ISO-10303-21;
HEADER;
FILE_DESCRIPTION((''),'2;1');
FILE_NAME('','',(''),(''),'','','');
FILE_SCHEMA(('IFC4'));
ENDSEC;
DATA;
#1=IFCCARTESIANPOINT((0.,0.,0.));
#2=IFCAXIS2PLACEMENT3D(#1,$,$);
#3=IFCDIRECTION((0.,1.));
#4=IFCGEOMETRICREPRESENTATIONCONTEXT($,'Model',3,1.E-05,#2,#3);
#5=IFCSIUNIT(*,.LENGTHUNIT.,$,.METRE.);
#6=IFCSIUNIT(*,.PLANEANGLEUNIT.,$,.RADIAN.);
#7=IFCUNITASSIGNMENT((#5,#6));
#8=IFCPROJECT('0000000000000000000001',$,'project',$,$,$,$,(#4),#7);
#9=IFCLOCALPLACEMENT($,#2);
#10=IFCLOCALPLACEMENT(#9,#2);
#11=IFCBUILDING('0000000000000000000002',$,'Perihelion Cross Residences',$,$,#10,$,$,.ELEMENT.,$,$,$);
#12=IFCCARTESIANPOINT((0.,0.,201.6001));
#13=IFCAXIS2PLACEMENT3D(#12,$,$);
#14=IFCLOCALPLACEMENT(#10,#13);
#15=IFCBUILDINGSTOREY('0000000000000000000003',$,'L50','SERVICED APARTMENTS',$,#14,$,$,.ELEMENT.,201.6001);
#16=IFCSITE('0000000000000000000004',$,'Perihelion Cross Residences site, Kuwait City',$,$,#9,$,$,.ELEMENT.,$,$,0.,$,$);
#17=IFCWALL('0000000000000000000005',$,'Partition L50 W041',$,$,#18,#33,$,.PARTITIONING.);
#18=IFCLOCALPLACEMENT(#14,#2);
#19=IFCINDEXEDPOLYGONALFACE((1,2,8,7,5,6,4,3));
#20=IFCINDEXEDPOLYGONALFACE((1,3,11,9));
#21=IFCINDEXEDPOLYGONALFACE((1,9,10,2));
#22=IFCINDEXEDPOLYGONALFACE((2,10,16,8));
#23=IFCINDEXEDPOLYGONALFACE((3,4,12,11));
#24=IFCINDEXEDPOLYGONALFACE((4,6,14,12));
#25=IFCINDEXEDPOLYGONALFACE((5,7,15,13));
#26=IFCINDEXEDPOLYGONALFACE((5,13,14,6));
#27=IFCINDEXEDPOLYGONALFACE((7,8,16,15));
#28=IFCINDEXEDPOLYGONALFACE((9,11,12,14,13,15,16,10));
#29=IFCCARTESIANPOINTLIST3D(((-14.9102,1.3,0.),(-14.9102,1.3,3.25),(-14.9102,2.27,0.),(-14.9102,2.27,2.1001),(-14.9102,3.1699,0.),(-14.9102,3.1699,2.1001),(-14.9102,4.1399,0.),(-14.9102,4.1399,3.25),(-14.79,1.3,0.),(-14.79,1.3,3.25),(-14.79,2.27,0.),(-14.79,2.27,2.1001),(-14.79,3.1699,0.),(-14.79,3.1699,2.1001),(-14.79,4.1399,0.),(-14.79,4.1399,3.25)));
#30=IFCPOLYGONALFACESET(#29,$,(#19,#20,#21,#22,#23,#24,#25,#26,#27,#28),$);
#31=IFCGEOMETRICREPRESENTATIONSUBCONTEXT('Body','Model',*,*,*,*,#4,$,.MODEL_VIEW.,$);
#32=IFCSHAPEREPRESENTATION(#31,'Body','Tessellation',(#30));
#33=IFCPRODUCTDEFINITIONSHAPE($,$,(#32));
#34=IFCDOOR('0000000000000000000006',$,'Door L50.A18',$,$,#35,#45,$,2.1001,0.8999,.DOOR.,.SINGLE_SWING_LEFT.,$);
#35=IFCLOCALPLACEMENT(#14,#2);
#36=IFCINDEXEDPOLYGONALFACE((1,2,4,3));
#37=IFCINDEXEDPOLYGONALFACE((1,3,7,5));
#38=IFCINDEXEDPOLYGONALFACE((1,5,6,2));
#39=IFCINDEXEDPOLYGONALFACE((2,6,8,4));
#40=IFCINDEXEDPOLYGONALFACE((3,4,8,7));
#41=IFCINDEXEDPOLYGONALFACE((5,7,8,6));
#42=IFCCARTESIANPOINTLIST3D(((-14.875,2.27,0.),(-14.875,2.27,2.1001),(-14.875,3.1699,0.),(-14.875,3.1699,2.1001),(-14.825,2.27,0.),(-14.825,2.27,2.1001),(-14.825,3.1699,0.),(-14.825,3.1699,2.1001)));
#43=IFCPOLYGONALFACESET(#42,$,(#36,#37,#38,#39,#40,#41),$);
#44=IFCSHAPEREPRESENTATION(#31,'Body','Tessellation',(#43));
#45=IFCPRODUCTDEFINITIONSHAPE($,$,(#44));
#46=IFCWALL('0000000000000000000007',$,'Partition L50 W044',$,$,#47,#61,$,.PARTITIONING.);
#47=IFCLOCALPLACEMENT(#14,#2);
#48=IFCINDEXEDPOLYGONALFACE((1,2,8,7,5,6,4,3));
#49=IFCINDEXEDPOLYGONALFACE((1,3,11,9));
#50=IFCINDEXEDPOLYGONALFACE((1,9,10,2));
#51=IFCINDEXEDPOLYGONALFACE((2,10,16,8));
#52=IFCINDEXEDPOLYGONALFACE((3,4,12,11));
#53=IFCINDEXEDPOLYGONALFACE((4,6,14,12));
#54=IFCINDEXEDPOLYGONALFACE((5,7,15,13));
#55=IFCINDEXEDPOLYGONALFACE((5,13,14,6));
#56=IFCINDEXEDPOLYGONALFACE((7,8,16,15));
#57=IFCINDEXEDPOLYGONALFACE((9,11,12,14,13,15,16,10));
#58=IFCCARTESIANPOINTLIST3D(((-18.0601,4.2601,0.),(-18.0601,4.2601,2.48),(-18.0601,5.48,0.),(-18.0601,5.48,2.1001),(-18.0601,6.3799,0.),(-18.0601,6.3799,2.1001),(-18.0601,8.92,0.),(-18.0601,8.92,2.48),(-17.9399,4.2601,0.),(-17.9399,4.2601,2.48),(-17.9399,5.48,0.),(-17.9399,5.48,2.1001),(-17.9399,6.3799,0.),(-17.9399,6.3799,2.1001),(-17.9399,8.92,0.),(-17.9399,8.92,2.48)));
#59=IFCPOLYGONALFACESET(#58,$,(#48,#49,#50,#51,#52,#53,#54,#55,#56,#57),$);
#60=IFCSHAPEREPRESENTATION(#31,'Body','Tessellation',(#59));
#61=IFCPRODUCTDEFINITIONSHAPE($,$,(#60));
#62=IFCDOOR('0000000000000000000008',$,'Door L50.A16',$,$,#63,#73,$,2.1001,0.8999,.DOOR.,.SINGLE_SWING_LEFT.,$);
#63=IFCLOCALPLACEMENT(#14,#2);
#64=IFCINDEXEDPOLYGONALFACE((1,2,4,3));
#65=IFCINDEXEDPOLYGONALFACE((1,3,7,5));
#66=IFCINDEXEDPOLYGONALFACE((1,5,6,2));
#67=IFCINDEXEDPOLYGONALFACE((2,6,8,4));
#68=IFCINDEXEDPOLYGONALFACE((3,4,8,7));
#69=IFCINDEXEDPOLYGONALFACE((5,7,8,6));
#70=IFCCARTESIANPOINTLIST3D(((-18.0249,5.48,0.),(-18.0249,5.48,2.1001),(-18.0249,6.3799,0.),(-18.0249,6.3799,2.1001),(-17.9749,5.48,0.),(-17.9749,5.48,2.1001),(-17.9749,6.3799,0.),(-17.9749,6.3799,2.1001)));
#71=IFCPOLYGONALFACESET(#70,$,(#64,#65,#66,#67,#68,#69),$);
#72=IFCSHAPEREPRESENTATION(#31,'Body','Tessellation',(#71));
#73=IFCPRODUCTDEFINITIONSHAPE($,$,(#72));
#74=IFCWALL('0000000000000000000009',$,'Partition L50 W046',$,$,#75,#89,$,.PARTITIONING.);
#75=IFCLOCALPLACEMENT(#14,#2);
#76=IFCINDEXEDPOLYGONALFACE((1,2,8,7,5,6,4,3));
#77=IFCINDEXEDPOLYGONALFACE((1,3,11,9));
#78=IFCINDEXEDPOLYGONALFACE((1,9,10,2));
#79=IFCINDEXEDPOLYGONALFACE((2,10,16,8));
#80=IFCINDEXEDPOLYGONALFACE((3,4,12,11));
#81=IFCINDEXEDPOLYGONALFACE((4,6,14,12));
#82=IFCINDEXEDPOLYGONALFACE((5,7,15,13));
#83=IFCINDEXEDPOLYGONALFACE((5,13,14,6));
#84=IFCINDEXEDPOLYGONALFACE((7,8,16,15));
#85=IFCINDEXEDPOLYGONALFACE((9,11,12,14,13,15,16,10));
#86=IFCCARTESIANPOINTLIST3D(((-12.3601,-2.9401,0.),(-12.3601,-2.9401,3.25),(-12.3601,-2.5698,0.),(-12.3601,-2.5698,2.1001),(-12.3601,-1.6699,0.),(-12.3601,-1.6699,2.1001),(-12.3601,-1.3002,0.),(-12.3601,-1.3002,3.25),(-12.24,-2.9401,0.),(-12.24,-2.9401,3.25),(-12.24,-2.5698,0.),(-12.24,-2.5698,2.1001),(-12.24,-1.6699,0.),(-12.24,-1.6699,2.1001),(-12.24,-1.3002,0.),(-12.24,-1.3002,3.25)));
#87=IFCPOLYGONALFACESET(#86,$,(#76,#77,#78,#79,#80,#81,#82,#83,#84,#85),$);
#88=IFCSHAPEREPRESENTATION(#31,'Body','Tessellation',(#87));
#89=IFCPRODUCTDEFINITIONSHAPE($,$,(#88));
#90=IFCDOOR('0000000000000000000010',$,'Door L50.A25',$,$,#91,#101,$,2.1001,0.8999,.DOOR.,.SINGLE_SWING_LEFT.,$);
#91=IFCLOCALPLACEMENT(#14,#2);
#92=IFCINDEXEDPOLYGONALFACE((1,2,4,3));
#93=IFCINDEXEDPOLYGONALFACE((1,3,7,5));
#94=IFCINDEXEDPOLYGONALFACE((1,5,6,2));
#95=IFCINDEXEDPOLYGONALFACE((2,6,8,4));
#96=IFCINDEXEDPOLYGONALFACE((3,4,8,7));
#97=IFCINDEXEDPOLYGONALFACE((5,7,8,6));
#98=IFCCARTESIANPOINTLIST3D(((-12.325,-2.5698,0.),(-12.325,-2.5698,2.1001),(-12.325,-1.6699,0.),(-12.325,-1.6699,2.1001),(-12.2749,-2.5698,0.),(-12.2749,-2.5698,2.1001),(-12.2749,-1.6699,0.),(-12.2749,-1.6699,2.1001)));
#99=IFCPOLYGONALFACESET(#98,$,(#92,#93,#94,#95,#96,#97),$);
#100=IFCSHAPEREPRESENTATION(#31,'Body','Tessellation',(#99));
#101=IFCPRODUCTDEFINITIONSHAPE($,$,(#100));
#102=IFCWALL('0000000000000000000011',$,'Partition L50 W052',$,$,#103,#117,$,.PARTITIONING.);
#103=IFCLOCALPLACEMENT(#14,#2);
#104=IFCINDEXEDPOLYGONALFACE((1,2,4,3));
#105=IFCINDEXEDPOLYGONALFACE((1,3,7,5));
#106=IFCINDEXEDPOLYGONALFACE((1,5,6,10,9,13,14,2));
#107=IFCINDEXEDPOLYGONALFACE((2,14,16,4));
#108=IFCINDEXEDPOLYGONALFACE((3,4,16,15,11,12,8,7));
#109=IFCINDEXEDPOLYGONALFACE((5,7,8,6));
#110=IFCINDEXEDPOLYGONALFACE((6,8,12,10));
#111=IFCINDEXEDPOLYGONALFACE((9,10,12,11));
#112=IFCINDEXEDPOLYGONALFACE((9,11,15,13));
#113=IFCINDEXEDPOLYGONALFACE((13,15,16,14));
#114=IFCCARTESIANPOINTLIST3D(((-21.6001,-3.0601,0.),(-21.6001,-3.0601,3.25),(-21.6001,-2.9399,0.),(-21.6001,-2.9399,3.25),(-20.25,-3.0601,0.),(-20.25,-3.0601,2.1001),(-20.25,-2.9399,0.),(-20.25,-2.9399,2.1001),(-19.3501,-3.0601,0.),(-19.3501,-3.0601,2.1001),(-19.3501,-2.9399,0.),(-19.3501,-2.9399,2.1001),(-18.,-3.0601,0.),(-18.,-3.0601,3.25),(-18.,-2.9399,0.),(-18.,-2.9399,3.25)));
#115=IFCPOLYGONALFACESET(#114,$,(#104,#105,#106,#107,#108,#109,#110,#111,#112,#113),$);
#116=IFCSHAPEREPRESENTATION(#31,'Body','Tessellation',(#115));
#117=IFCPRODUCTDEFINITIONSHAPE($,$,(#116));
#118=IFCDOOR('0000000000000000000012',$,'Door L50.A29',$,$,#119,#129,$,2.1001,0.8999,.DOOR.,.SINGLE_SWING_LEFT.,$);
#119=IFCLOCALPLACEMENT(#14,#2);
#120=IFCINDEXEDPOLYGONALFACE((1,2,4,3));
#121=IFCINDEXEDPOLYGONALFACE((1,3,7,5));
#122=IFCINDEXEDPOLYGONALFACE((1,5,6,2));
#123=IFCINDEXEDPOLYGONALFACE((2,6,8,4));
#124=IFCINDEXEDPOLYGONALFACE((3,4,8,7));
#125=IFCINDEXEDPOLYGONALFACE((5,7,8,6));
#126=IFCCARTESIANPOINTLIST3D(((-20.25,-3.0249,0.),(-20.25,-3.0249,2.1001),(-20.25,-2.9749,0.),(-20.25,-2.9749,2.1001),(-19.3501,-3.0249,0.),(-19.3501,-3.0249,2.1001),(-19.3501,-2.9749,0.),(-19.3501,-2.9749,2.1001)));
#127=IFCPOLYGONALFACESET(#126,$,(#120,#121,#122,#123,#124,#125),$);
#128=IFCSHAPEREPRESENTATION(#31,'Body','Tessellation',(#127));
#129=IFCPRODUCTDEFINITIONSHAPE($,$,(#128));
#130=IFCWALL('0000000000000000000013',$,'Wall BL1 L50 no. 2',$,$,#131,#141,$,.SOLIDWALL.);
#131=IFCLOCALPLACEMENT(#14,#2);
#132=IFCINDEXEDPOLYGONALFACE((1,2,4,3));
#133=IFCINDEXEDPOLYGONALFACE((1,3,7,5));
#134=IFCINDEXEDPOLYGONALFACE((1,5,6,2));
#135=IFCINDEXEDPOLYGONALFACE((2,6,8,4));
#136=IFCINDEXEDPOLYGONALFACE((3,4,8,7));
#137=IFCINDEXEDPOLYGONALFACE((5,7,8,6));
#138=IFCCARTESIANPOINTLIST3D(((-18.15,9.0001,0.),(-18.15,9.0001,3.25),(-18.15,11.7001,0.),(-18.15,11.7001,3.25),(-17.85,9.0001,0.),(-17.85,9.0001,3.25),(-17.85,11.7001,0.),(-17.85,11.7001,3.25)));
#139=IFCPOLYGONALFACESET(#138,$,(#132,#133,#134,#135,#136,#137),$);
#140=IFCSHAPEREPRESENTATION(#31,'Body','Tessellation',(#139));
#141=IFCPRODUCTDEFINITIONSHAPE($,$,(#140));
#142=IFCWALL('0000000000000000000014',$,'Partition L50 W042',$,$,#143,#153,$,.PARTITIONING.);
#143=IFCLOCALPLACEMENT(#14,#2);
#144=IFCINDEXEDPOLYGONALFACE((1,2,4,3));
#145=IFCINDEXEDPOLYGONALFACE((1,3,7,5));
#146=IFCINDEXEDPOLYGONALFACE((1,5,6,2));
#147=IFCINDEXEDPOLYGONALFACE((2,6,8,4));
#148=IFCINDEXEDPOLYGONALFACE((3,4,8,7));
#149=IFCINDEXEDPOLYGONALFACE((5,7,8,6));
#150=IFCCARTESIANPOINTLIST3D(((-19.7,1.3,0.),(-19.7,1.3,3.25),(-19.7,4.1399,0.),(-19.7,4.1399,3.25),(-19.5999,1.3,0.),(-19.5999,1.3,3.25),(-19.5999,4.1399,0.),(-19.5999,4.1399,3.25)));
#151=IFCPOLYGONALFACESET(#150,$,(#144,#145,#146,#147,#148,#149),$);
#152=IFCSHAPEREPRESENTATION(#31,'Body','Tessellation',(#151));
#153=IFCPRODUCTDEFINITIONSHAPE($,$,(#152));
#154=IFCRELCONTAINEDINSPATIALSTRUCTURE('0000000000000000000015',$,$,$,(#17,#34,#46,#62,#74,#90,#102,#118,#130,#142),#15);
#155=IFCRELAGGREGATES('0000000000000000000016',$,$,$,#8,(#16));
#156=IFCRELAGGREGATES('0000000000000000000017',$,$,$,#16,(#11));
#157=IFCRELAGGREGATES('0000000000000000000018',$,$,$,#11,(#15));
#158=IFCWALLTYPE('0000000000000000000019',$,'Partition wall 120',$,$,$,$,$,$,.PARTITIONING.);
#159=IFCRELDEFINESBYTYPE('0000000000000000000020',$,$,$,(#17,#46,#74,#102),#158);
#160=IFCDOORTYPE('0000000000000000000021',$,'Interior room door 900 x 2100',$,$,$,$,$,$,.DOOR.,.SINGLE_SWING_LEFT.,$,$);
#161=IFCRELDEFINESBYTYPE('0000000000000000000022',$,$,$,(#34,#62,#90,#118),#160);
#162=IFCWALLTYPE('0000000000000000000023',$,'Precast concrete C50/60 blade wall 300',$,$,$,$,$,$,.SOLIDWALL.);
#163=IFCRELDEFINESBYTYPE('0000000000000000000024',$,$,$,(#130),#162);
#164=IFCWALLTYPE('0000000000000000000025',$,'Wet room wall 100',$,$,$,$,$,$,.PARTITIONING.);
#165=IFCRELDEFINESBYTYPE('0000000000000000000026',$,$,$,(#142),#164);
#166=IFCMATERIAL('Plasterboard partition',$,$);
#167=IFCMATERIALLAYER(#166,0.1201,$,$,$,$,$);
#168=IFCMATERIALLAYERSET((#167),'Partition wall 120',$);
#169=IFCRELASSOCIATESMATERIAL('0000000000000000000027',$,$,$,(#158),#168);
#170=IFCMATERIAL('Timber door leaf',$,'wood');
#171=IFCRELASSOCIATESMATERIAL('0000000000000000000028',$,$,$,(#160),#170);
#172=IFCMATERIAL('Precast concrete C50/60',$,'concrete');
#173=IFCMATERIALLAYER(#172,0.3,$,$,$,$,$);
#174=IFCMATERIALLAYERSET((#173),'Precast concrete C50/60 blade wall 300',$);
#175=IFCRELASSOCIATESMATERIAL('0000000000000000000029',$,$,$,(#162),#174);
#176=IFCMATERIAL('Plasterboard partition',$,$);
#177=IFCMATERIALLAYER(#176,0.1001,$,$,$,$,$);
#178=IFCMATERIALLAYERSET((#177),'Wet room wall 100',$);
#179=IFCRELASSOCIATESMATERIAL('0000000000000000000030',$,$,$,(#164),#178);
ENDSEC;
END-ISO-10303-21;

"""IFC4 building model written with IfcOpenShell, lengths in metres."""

from ifc_helpers import new_model, si_unit, direction, frame, frame_2d, origin, place, context, subcontext, project, spatial, rectangle, extrude, material, layer, layer_set, type_object, element, fill, save


model = new_model("IFC4")

# Units and contexts
model_context = context("Model", 3, precision=1e-05, world=origin(), true_north=direction((0.0, 1.0)))
body_context = subcontext(model_context, "Body", "Model", "MODEL_VIEW")
ifc_project = project(units=[si_unit("LENGTHUNIT", "METRE"), si_unit("PLANEANGLEUNIT", "RADIAN")], contexts=[model_context])

# Site, building, storey
site_placement = place(None, origin())
site = spatial("IfcSite", under=ifc_project, at=site_placement, Name="Perihelion Cross Residences site, Kuwait City", CompositionType="ELEMENT", RefElevation=0.0)
building_placement = place(site_placement, origin())
building = spatial("IfcBuilding", under=site, at=building_placement, Name="Perihelion Cross Residences", CompositionType="ELEMENT")
storey_placement = place(building_placement, frame((0.0, 0.0, 201.6001)))
storey = spatial("IfcBuildingStorey", under=building, at=storey_placement, Name="L50", Description="SERVICED APARTMENTS", CompositionType="ELEMENT", Elevation=201.6001)

# Walls, openings, doors
ifc_material_1 = material(Name="Plasterboard partition")
ifc_layer_1 = layer(ifc_material_1, 0.1201)
ifc_layer_set_1 = layer_set([ifc_layer_1], Name="Partition wall 120")
wall_type_1 = type_object("IfcWallType", Name="Partition wall 120", PredefinedType="PARTITIONING", material=ifc_layer_set_1)
ifc_material_2 = material(Name="Timber door leaf", Category="wood")
door_type_1 = type_object("IfcDoorType", Name="Interior room door 900 x 2100", OperationType="SINGLE_SWING_LEFT", PredefinedType="DOOR", material=ifc_material_2)
wall_1_placement = place(storey_placement, frame((-14.8501, 1.3, 0.0), z_axis=(0.0, 0.0, 1.0), x_axis=(0.0, 1.0, 0.0)))
wall_1 = element("IfcWall", 1, at=wall_1_placement, inside=storey, type_object=wall_type_1, Name="Partition L50 W041", PredefinedType="PARTITIONING", context=body_context, shape_type="SweptSolid", body=[
    extrude(rectangle(XDim=2.8398, YDim=0.1201, at=frame_2d((1.4199, 0.0))), origin(), (0.0, 0.0, 1.0), 3.25),
])
opening_1_placement = place(wall_1_placement, frame((0.97, 0.0, 0.0)))
opening_1 = element("IfcOpeningElement", 2, at=opening_1_placement, cuts=wall_1, PredefinedType="OPENING", context=body_context, shape_type="SweptSolid", body=[
    extrude(rectangle(XDim=0.8999, YDim=2.1001, at=frame_2d((0.45, 1.05))), frame((0.0, 0.0701, 0.0), z_axis=(0.0, -1.0, 0.0), x_axis=(1.0, 0.0, 0.0)), (0.0, 0.0, 1.0), 0.1401),
])
door_1_placement = place(opening_1_placement, origin())
door_1 = element("IfcDoor", 3, at=door_1_placement, inside=storey, type_object=door_type_1, Name="Door L50.A18", OperationType="SINGLE_SWING_LEFT", OverallHeight=2.1001, OverallWidth=0.8999, PredefinedType="DOOR", context=body_context, shape_type="SweptSolid", body=[
    extrude(rectangle(XDim=0.8999, YDim=2.1001, at=frame_2d((0.45, 1.05))), frame((0.0, 0.0249, 0.0), z_axis=(0.0, -1.0, 0.0), x_axis=(1.0, 0.0, 0.0)), (0.0, 0.0, 1.0), 0.05),
])
fill(opening_1, door_1)
wall_2_placement = place(storey_placement, frame((-18.0, 4.26, 0.0), z_axis=(0.0, 0.0, 1.0), x_axis=(0.0, 1.0, 0.0)))
wall_2 = element("IfcWall", 4, at=wall_2_placement, inside=storey, type_object=wall_type_1, Name="Partition L50 W044", PredefinedType="PARTITIONING", context=body_context, shape_type="SweptSolid", body=[
    extrude(rectangle(XDim=4.6599, YDim=0.1201, at=frame_2d((2.3301, 0.0))), origin(), (0.0, 0.0, 1.0), 2.48),
])
opening_2_placement = place(wall_2_placement, frame((1.22, 0.0, 0.0)))
opening_2 = element("IfcOpeningElement", 5, at=opening_2_placement, cuts=wall_2, PredefinedType="OPENING", context=body_context, shape_type="SweptSolid", body=[
    extrude(rectangle(XDim=0.8999, YDim=2.1001, at=frame_2d((0.45, 1.05))), frame((0.0, 0.0701, 0.0), z_axis=(0.0, -1.0, 0.0), x_axis=(1.0, 0.0, 0.0)), (0.0, 0.0, 1.0), 0.1401),
])
door_2_placement = place(opening_2_placement, origin())
door_2 = element("IfcDoor", 6, at=door_2_placement, inside=storey, type_object=door_type_1, Name="Door L50.A16", OperationType="SINGLE_SWING_LEFT", OverallHeight=2.1001, OverallWidth=0.8999, PredefinedType="DOOR", context=body_context, shape_type="SweptSolid", body=[
    extrude(rectangle(XDim=0.8999, YDim=2.1001, at=frame_2d((0.45, 1.05))), frame((0.0, 0.0249, 0.0), z_axis=(0.0, -1.0, 0.0), x_axis=(1.0, 0.0, 0.0)), (0.0, 0.0, 1.0), 0.05),
])
fill(opening_2, door_2)
wall_3_placement = place(storey_placement, frame((-12.3, -2.9399, 0.0), z_axis=(0.0, 0.0, 1.0), x_axis=(0.0, 1.0, 0.0)))
wall_3 = element("IfcWall", 7, at=wall_3_placement, inside=storey, type_object=wall_type_1, Name="Partition L50 W046", PredefinedType="PARTITIONING", context=body_context, shape_type="SweptSolid", body=[
    extrude(rectangle(XDim=1.6399, YDim=0.1201, at=frame_2d((0.8198, 0.0))), origin(), (0.0, 0.0, 1.0), 3.25),
])
opening_3_placement = place(wall_3_placement, frame((0.3701, 0.0, 0.0)))
opening_3 = element("IfcOpeningElement", 8, at=opening_3_placement, cuts=wall_3, PredefinedType="OPENING", context=body_context, shape_type="SweptSolid", body=[
    extrude(rectangle(XDim=0.8999, YDim=2.1001, at=frame_2d((0.45, 1.05))), frame((0.0, 0.0701, 0.0), z_axis=(0.0, -1.0, 0.0), x_axis=(1.0, 0.0, 0.0)), (0.0, 0.0, 1.0), 0.1401),
])
door_3_placement = place(opening_3_placement, origin())
door_3 = element("IfcDoor", 9, at=door_3_placement, inside=storey, type_object=door_type_1, Name="Door L50.A25", OperationType="SINGLE_SWING_LEFT", OverallHeight=2.1001, OverallWidth=0.8999, PredefinedType="DOOR", context=body_context, shape_type="SweptSolid", body=[
    extrude(rectangle(XDim=0.8999, YDim=2.1001, at=frame_2d((0.45, 1.05))), frame((0.0, 0.0249, 0.0), z_axis=(0.0, -1.0, 0.0), x_axis=(1.0, 0.0, 0.0)), (0.0, 0.0, 1.0), 0.05),
])
fill(opening_3, door_3)
wall_4_placement = place(storey_placement, frame((-18.0, -3.0, 0.0), z_axis=(0.0, 0.0, 1.0), x_axis=(-1.0, 0.0, 0.0)))
wall_4 = element("IfcWall", 10, at=wall_4_placement, inside=storey, type_object=wall_type_1, Name="Partition L50 W052", PredefinedType="PARTITIONING", context=body_context, shape_type="SweptSolid", body=[
    extrude(rectangle(XDim=3.6001, YDim=0.1201, at=frame_2d((1.8, 0.0))), origin(), (0.0, 0.0, 1.0), 3.25),
])
opening_4_placement = place(wall_4_placement, frame((1.3501, 0.0, 0.0)))
opening_4 = element("IfcOpeningElement", 11, at=opening_4_placement, cuts=wall_4, PredefinedType="OPENING", context=body_context, shape_type="SweptSolid", body=[
    extrude(rectangle(XDim=0.8999, YDim=2.1001, at=frame_2d((0.45, 1.05))), frame((0.0, 0.0701, 0.0), z_axis=(0.0, -1.0, 0.0), x_axis=(1.0, 0.0, 0.0)), (0.0, 0.0, 1.0), 0.1401),
])
door_4_placement = place(opening_4_placement, origin())
door_4 = element("IfcDoor", 12, at=door_4_placement, inside=storey, type_object=door_type_1, Name="Door L50.A29", OperationType="SINGLE_SWING_LEFT", OverallHeight=2.1001, OverallWidth=0.8999, PredefinedType="DOOR", context=body_context, shape_type="SweptSolid", body=[
    extrude(rectangle(XDim=0.8999, YDim=2.1001, at=frame_2d((0.45, 1.05))), frame((0.0, 0.0249, 0.0), z_axis=(0.0, -1.0, 0.0), x_axis=(1.0, 0.0, 0.0)), (0.0, 0.0, 1.0), 0.05),
])
fill(opening_4, door_4)

# Walls
ifc_material_3 = material(Name="Precast concrete C50/60", Category="concrete")
ifc_layer_2 = layer(ifc_material_3, 0.3)
ifc_layer_set_2 = layer_set([ifc_layer_2], Name="Precast concrete C50/60 blade wall 300")
wall_type_2 = type_object("IfcWallType", Name="Precast concrete C50/60 blade wall 300", PredefinedType="SOLIDWALL", material=ifc_layer_set_2)
wall_5_placement = place(storey_placement, frame((-18.0, 9.0, 0.0), z_axis=(0.0, 0.0, 1.0), x_axis=(0.0, 1.0, 0.0)))
element("IfcWall", 13, at=wall_5_placement, inside=storey, type_object=wall_type_2, Name="Wall BL1 L50 no. 2", PredefinedType="SOLIDWALL", context=body_context, shape_type="SweptSolid", body=[
    extrude(rectangle(XDim=2.7, YDim=0.3, at=frame_2d((1.3501, 0.0))), origin(), (0.0, 0.0, 1.0), 3.25),
])
ifc_material_4 = material(Name="Plasterboard partition")
ifc_layer_3 = layer(ifc_material_4, 0.1001)
ifc_layer_set_3 = layer_set([ifc_layer_3], Name="Wet room wall 100")
wall_type_3 = type_object("IfcWallType", Name="Wet room wall 100", PredefinedType="PARTITIONING", material=ifc_layer_set_3)
wall_6_placement = place(storey_placement, frame((-19.6499, 1.3, 0.0), z_axis=(0.0, 0.0, 1.0), x_axis=(0.0, 1.0, 0.0)))
element("IfcWall", 14, at=wall_6_placement, inside=storey, type_object=wall_type_3, Name="Partition L50 W042", PredefinedType="PARTITIONING", context=body_context, shape_type="SweptSolid", body=[
    extrude(rectangle(XDim=2.8398, YDim=0.1001, at=frame_2d((1.4199, 0.0))), origin(), (0.0, 0.0, 1.0), 3.25),
])

save(model, "model.ifc")
